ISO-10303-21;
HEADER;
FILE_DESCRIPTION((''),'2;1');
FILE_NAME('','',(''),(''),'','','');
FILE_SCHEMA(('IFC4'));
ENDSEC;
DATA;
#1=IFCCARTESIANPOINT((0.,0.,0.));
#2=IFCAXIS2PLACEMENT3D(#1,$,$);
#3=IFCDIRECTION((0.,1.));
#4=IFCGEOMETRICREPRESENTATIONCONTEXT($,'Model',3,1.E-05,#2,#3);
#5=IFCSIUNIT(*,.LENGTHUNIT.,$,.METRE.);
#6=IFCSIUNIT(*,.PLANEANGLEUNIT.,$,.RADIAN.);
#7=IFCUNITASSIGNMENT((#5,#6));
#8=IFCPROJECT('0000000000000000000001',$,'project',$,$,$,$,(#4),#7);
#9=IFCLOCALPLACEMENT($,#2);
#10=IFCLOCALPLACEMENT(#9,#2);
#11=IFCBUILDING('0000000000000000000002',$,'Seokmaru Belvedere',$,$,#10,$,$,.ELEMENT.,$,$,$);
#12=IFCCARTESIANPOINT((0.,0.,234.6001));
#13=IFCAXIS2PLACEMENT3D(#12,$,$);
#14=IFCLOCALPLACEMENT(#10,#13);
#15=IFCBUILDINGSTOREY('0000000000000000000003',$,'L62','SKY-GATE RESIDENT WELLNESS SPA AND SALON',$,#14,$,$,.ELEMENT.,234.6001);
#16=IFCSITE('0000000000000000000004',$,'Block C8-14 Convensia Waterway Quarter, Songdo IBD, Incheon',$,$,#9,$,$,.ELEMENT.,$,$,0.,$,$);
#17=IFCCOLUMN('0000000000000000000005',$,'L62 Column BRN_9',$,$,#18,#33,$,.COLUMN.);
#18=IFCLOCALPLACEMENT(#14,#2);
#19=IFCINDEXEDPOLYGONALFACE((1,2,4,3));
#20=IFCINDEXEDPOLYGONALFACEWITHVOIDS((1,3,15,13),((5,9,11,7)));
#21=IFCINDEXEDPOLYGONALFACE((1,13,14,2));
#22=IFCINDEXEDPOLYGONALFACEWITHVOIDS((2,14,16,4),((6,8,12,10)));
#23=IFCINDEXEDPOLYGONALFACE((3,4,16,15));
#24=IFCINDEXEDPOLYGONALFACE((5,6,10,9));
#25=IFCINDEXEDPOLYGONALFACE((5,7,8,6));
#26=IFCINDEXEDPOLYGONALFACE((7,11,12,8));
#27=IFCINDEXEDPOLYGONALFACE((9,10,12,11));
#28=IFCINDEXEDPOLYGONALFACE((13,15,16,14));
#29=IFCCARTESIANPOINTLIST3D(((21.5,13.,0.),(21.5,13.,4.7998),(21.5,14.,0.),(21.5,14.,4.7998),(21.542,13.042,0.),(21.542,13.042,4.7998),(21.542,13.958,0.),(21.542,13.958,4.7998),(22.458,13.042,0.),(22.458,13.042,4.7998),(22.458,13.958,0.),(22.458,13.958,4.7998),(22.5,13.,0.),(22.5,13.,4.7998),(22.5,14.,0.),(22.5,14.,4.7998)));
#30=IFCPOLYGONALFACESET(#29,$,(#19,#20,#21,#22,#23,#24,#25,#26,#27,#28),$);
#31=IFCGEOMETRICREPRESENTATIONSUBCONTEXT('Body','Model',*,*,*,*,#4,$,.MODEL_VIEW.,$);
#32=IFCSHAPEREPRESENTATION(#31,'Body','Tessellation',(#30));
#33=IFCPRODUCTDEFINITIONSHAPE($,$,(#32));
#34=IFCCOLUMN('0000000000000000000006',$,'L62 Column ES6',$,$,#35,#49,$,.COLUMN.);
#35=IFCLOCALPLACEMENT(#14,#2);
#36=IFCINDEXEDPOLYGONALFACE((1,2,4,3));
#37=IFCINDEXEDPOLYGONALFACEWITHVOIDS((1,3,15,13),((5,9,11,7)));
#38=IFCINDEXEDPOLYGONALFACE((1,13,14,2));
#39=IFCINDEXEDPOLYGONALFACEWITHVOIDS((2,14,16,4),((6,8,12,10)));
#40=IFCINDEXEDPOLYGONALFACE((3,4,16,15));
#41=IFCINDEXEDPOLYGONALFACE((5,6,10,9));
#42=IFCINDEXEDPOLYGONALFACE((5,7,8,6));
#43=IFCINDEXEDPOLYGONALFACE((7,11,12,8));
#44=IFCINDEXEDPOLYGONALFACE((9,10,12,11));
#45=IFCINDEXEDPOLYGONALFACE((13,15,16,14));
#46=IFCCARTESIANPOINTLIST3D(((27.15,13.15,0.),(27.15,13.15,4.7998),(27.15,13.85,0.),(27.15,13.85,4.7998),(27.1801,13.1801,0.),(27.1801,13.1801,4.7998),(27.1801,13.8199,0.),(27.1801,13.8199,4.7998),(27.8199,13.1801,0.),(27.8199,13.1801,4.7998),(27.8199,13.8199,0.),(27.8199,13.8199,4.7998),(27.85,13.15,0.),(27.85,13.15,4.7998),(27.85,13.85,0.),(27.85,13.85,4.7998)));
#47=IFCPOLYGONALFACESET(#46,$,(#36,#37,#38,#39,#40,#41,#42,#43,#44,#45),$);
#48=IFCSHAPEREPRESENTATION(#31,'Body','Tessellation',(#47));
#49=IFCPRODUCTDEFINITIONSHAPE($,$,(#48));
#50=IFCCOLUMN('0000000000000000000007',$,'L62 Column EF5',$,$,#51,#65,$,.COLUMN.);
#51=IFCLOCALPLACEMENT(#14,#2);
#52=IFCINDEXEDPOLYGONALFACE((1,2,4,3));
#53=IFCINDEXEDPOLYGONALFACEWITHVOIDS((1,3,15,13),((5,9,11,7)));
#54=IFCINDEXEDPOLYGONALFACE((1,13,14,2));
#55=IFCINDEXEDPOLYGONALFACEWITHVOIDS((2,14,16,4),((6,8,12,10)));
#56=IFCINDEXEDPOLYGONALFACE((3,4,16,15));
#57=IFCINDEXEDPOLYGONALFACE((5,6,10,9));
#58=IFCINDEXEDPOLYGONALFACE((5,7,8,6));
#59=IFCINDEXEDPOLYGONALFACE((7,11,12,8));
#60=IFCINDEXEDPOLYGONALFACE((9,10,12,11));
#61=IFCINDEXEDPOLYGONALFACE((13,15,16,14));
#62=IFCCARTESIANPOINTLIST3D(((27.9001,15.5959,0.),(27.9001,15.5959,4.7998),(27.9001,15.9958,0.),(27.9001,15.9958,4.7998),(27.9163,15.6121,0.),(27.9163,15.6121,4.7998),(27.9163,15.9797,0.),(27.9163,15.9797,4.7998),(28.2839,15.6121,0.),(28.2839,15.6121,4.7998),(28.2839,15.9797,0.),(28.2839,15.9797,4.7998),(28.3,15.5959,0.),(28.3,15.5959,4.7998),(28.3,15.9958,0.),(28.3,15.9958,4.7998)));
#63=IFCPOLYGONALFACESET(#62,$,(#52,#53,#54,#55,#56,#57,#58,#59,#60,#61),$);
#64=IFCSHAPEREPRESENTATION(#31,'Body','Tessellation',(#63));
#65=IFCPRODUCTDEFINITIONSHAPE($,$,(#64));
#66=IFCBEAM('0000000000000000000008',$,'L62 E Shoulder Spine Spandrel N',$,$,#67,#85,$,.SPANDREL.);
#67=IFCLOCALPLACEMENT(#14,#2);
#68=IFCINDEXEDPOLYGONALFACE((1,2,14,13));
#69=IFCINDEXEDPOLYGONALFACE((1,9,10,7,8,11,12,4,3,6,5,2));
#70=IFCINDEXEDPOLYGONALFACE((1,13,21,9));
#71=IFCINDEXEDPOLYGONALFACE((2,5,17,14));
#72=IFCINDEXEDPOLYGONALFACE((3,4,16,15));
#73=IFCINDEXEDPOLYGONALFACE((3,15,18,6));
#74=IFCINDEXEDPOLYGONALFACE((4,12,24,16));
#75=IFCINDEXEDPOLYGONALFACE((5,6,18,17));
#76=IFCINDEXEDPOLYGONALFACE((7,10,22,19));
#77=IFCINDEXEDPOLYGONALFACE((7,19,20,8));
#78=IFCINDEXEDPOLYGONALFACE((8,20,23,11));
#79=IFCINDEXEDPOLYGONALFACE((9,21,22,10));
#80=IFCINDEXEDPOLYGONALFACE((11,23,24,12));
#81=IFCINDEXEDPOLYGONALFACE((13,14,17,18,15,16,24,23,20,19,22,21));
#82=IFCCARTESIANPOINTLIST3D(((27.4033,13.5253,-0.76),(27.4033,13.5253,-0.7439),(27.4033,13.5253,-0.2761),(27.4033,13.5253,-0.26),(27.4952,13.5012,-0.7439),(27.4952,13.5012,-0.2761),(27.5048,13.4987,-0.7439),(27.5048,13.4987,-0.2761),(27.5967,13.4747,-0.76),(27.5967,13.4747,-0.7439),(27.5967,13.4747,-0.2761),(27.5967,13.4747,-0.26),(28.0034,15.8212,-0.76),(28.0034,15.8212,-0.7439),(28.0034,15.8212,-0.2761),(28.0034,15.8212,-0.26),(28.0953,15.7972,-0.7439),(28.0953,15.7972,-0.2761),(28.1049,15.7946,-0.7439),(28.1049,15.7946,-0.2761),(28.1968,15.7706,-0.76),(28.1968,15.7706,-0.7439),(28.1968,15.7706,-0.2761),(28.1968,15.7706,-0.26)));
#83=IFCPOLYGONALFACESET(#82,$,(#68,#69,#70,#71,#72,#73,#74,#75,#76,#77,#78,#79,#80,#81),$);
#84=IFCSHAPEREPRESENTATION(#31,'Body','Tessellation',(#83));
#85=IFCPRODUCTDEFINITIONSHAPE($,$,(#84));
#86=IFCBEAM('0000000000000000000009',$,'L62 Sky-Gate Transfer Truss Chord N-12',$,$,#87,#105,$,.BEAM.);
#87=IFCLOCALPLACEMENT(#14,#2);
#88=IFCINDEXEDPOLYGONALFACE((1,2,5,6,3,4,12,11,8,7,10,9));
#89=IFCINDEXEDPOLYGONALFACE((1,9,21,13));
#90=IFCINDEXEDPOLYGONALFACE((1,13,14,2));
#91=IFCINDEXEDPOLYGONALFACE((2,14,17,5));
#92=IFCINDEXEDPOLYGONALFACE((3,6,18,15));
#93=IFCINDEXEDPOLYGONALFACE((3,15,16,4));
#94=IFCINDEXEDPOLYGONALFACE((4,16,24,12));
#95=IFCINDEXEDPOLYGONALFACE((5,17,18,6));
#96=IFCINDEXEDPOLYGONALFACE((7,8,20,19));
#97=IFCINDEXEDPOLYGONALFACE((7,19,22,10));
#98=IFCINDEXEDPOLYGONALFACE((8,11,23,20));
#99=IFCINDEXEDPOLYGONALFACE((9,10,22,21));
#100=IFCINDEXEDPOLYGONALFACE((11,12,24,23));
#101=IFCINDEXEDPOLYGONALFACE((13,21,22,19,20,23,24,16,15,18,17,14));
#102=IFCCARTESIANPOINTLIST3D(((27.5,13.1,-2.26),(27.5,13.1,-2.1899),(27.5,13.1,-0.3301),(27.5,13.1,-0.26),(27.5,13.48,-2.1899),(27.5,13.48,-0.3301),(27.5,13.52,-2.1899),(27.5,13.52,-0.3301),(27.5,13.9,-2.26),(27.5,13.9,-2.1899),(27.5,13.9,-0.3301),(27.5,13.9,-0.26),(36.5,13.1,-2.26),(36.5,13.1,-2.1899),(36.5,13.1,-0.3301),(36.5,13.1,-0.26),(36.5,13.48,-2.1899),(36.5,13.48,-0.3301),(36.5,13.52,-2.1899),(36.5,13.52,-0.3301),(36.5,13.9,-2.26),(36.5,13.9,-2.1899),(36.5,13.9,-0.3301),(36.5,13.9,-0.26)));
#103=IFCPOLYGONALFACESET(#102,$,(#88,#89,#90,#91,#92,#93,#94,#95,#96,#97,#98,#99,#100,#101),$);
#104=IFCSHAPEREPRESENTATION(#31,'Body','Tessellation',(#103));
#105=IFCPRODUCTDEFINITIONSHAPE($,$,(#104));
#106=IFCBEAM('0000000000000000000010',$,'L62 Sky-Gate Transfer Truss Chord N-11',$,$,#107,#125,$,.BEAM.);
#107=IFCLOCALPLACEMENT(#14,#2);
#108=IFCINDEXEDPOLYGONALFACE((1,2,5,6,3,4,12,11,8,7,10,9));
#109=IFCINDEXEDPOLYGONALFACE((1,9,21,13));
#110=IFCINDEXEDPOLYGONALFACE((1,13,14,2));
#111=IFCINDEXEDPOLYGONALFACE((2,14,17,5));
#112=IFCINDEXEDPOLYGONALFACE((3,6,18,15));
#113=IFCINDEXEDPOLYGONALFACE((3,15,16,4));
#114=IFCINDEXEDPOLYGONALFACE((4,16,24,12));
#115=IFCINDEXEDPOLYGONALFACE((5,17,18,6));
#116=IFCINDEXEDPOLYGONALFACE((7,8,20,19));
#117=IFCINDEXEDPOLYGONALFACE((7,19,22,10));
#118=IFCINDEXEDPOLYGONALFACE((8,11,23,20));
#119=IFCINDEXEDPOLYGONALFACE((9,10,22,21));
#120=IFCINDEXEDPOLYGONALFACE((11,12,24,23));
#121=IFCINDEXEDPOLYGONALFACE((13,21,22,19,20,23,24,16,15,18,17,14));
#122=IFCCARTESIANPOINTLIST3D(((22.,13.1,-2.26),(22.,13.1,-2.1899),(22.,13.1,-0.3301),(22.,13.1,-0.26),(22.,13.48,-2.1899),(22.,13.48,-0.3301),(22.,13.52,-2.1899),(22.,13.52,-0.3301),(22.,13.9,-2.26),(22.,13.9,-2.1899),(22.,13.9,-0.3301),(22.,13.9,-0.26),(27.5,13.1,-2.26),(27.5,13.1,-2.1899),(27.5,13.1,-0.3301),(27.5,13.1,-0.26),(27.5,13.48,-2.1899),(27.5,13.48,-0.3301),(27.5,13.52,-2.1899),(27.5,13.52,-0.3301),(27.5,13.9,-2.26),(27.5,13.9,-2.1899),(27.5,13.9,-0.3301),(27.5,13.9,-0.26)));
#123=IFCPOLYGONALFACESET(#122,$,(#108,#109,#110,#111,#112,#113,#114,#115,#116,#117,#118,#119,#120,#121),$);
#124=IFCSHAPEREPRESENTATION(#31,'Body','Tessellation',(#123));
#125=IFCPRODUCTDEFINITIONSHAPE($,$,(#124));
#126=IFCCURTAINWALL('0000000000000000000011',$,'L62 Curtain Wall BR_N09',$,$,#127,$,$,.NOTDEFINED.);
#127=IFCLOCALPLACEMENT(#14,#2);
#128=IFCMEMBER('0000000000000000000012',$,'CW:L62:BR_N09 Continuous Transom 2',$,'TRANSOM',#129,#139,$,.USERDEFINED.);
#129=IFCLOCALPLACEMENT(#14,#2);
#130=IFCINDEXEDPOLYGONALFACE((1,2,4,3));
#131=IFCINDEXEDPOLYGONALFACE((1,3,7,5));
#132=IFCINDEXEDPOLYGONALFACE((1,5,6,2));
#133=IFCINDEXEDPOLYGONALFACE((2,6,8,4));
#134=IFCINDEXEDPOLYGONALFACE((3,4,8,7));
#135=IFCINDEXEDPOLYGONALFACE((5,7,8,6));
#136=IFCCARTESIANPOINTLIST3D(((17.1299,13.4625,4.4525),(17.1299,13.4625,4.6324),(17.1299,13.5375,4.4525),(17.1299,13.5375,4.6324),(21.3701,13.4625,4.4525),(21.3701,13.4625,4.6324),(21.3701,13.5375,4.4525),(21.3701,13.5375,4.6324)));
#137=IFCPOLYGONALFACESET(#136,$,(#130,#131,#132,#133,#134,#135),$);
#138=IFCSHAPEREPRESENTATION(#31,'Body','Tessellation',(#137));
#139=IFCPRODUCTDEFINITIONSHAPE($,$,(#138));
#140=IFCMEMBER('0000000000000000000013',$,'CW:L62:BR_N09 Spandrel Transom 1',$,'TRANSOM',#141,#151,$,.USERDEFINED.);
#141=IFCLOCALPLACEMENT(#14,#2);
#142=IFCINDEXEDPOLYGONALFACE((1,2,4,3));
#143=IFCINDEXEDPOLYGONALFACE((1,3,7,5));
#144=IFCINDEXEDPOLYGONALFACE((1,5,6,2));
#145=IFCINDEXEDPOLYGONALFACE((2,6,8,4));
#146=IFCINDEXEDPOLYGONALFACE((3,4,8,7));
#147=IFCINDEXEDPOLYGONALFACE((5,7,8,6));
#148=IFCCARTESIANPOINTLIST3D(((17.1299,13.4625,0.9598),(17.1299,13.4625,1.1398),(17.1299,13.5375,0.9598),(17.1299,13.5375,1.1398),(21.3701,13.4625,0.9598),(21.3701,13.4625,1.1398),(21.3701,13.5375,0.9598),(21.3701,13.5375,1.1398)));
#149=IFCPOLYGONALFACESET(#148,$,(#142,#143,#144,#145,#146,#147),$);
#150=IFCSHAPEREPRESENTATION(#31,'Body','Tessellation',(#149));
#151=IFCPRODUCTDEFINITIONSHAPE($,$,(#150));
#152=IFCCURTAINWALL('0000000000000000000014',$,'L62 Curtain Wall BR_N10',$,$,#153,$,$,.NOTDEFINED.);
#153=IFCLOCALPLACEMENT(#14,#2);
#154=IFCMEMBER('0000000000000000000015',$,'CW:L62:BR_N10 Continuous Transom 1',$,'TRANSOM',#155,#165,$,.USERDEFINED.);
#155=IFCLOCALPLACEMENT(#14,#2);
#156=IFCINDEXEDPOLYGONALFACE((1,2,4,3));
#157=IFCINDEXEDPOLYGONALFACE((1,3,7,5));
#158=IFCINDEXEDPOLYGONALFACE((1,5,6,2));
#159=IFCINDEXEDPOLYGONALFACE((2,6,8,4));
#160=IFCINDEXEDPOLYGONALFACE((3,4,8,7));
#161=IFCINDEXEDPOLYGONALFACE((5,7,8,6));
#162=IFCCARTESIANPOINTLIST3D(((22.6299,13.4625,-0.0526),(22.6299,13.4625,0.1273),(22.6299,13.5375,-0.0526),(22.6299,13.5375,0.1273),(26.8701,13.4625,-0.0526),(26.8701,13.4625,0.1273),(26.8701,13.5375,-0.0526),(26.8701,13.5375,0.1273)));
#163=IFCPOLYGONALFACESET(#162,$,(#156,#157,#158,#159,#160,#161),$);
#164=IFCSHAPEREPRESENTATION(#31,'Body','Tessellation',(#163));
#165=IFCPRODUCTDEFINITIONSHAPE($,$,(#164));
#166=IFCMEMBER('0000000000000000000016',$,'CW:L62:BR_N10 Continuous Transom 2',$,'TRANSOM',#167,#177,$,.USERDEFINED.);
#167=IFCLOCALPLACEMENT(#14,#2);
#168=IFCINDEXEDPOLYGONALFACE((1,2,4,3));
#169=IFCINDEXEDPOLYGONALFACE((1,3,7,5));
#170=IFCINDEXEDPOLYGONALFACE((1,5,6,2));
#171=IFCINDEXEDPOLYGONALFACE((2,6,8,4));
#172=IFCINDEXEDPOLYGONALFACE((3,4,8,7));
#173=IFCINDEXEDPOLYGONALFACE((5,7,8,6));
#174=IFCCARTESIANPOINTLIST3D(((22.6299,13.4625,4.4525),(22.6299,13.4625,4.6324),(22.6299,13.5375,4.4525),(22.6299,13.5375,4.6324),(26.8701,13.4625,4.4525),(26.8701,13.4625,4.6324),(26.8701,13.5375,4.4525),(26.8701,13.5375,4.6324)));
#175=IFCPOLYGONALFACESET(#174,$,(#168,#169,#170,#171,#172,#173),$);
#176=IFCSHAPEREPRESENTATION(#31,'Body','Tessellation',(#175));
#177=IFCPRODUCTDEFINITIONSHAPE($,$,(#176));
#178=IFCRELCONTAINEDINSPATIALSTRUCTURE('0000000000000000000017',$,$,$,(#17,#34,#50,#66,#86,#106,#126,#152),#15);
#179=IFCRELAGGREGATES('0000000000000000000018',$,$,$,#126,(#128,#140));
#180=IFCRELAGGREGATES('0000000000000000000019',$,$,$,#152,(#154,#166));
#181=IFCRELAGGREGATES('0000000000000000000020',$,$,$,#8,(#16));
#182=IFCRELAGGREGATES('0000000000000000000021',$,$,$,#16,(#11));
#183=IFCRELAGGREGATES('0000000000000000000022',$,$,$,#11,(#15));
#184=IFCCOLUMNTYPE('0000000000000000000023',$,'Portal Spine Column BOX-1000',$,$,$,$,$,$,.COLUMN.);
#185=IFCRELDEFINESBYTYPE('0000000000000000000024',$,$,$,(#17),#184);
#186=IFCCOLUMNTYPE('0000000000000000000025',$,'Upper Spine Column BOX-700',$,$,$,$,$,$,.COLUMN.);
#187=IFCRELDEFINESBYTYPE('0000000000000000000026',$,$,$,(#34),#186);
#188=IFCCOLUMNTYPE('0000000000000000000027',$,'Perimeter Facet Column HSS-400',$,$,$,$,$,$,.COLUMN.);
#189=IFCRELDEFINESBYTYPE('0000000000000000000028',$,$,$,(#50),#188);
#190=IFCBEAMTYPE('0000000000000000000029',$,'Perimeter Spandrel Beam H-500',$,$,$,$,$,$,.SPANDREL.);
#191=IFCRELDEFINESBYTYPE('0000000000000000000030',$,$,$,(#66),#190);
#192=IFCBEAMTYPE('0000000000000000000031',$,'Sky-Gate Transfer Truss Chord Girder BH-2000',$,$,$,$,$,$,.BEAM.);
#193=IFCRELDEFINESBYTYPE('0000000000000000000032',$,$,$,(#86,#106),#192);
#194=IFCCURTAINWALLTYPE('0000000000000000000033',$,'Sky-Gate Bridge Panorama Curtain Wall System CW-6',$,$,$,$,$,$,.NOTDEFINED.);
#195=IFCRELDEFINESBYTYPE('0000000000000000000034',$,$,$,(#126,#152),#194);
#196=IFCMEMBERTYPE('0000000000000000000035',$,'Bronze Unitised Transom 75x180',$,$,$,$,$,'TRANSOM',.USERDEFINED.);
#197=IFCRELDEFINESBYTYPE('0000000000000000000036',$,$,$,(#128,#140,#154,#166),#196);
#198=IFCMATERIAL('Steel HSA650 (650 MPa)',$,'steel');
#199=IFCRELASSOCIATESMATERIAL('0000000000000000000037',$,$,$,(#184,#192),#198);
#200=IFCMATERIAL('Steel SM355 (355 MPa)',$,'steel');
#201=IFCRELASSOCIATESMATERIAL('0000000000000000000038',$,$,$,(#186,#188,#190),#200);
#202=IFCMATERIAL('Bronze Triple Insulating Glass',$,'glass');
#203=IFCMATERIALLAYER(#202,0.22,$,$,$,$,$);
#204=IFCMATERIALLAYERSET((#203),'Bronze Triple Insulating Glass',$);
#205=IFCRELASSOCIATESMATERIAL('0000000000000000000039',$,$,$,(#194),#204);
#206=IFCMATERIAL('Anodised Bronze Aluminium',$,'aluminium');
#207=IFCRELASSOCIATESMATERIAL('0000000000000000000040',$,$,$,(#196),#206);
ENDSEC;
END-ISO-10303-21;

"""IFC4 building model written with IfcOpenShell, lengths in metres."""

from ifc_helpers import new_model, si_unit, direction, frame, origin, origin_2d, place, context, subcontext, project, spatial, rectangle, hollow_rectangle, i_section, extrude, source, transform, mapped, material, layer, layer_set, material_profile, profile_set, type_object, type_shapes, element, aggregate, save


model = new_model("IFC4")

# Units and contexts
model_context = context("Model", 3, precision=1e-05, world=origin(), true_north=direction((0.0, 1.0)))
body_context = subcontext(model_context, "Body", "Model", "MODEL_VIEW")
ifc_project = project(units=[si_unit("LENGTHUNIT", "METRE"), si_unit("PLANEANGLEUNIT", "RADIAN")], contexts=[model_context])

# Site, building, storey
site_placement = place(None, origin())
site = spatial("IfcSite", under=ifc_project, at=site_placement, Name="Block C8-14 Convensia Waterway Quarter, Songdo IBD, Incheon", CompositionType="ELEMENT", RefElevation=0.0)
building_placement = place(site_placement, origin())
building = spatial("IfcBuilding", under=site, at=building_placement, Name="Seokmaru Belvedere", CompositionType="ELEMENT")
storey_placement = place(building_placement, frame((0.0, 0.0, 234.6001)))
storey = spatial("IfcBuildingStorey", under=building, at=storey_placement, Name="L62", Description="SKY-GATE RESIDENT WELLNESS SPA AND SALON", CompositionType="ELEMENT", Elevation=234.6001)

# Columns
ifc_material_1 = material(Name="Steel HSA650 (650 MPa)", Category="steel")
ifc_material_profile_1 = material_profile(ifc_material_1, hollow_rectangle(XDim=1.0, YDim=1.0, WallThickness=0.042, at=origin_2d()), Name="BOX-1000x1000x42")
ifc_profile_set_1 = profile_set([ifc_material_profile_1], Name="Steel HSA650 (650 MPa)")
column_type_1 = type_object("IfcColumnType", Name="Portal Spine Column BOX-1000", PredefinedType="COLUMN", material=ifc_profile_set_1)
shared_shape_1 = source(origin(), body_context, "Body", "SweptSolid", [
    extrude(hollow_rectangle(XDim=1.0, YDim=1.0, WallThickness=0.042, at=origin_2d()), origin(), (0.0, 0.0, 1.0), 4.7998),
])
type_shapes(column_type_1, [shared_shape_1])
column_1_placement = place(storey_placement, frame((22.0, 13.5, 0.0), z_axis=(0.0, 0.0, 1.0), x_axis=(1.0, 0.0, 0.0)))
element("IfcColumn", 1, at=column_1_placement, inside=storey, type_object=column_type_1, Name="L62 Column BRN_9", PredefinedType="COLUMN", context=body_context, shape_type="MappedRepresentation", body=[
    mapped(shared_shape_1, transform((0.0, 0.0, 0.0), scale=1.0)),
])
ifc_material_2 = material(Name="Steel SM355 (355 MPa)", Category="steel")
ifc_material_profile_2 = material_profile(ifc_material_2, hollow_rectangle(XDim=0.7, YDim=0.7, WallThickness=0.03, at=origin_2d()), Name="BOX-700x700x30")
ifc_profile_set_2 = profile_set([ifc_material_profile_2], Name="Steel SM355 (355 MPa)")
column_type_2 = type_object("IfcColumnType", Name="Upper Spine Column BOX-700", PredefinedType="COLUMN", material=ifc_profile_set_2)
shared_shape_2 = source(origin(), body_context, "Body", "SweptSolid", [
    extrude(hollow_rectangle(XDim=0.7, YDim=0.7, WallThickness=0.03, at=origin_2d()), origin(), (0.0, 0.0, 1.0), 4.7998),
])
type_shapes(column_type_2, [shared_shape_2])
column_2_placement = place(storey_placement, frame((27.5, 13.5, 0.0), z_axis=(0.0, 0.0, 1.0), x_axis=(1.0, 0.0, 0.0)))
element("IfcColumn", 2, at=column_2_placement, inside=storey, type_object=column_type_2, Name="L62 Column ES6", PredefinedType="COLUMN", context=body_context, shape_type="MappedRepresentation", body=[
    mapped(shared_shape_2, transform((0.0, 0.0, 0.0), scale=1.0)),
])
ifc_material_profile_3 = material_profile(ifc_material_2, hollow_rectangle(XDim=0.3999, YDim=0.3999, WallThickness=0.0161, at=origin_2d()), Name="HSS-400x400x16")
ifc_profile_set_3 = profile_set([ifc_material_profile_3], Name="Steel SM355 (355 MPa)")
column_type_3 = type_object("IfcColumnType", Name="Perimeter Facet Column HSS-400", PredefinedType="COLUMN", material=ifc_profile_set_3)
shared_shape_3 = source(origin(), body_context, "Body", "SweptSolid", [
    extrude(hollow_rectangle(XDim=0.3999, YDim=0.3999, WallThickness=0.0161, at=origin_2d()), origin(), (0.0, 0.0, 1.0), 4.7998),
])
type_shapes(column_type_3, [shared_shape_3])
column_3_placement = place(storey_placement, frame((28.1001, 15.7959, 0.0), z_axis=(0.0, 0.0, 1.0), x_axis=(1.0, 0.0, 0.0)))
element("IfcColumn", 3, at=column_3_placement, inside=storey, type_object=column_type_3, Name="L62 Column EF5", PredefinedType="COLUMN", context=body_context, shape_type="MappedRepresentation", body=[
    mapped(shared_shape_3, transform((0.0, 0.0, 0.0), scale=1.0)),
])

# Beams
ifc_material_profile_4 = material_profile(ifc_material_2, i_section(OverallWidth=0.2, OverallDepth=0.5, WebThickness=0.01, FlangeThickness=0.0161, at=origin_2d()), Name="H-500x200x10x16")
ifc_profile_set_4 = profile_set([ifc_material_profile_4], Name="Steel SM355 (355 MPa)")
beam_type_1 = type_object("IfcBeamType", Name="Perimeter Spandrel Beam H-500", PredefinedType="SPANDREL", material=ifc_profile_set_4)
shared_shape_4 = source(origin(), body_context, "Body", "SweptSolid", [
    extrude(i_section(OverallWidth=0.2, OverallDepth=0.5, WebThickness=0.01, FlangeThickness=0.0161, at=origin_2d()), origin(), (0.0, 0.0, 1.0), 2.373),
])
type_shapes(beam_type_1, [shared_shape_4])
beam_1_placement = place(storey_placement, frame((28.1001, 15.7959, -0.51), z_axis=(-0.252883, -0.967497, 0.0), x_axis=(0.967497, -0.252883, 0.0)))
element("IfcBeam", 4, at=beam_1_placement, inside=storey, type_object=beam_type_1, Name="L62 E Shoulder Spine Spandrel N", PredefinedType="SPANDREL", context=body_context, shape_type="MappedRepresentation", body=[
    mapped(shared_shape_4, transform((0.0, 0.0, 0.0), scale=1.0)),
])
ifc_material_profile_5 = material_profile(ifc_material_1, i_section(OverallWidth=0.8, OverallDepth=2.0, WebThickness=0.04, FlangeThickness=0.0701, at=origin_2d()), Name="BH-2000x800x40x70")
ifc_profile_set_5 = profile_set([ifc_material_profile_5], Name="Steel HSA650 (650 MPa)")
beam_type_2 = type_object("IfcBeamType", Name="Sky-Gate Transfer Truss Chord Girder BH-2000", PredefinedType="BEAM", material=ifc_profile_set_5)
shared_shape_5 = source(origin(), body_context, "Body", "SweptSolid", [
    extrude(i_section(OverallWidth=0.8, OverallDepth=2.0, WebThickness=0.04, FlangeThickness=0.0701, at=origin_2d()), origin(), (0.0, 0.0, 1.0), 9.0),
])
beam_2_placement = place(storey_placement, frame((27.5, 13.5, -1.26), z_axis=(1.0, 0.0, 0.0), x_axis=(0.0, 1.0, 0.0)))
element("IfcBeam", 5, at=beam_2_placement, inside=storey, type_object=beam_type_2, Name="L62 Sky-Gate Transfer Truss Chord N-12", PredefinedType="BEAM", context=body_context, shape_type="MappedRepresentation", body=[
    mapped(shared_shape_5, transform((0.0, 0.0, 0.0), scale=1.0)),
])
shared_shape_6 = source(origin(), body_context, "Body", "SweptSolid", [
    extrude(i_section(OverallWidth=0.8, OverallDepth=2.0, WebThickness=0.04, FlangeThickness=0.0701, at=origin_2d()), origin(), (0.0, 0.0, 1.0), 5.5),
])
type_shapes(beam_type_2, [shared_shape_5, shared_shape_6])
beam_3_placement = place(storey_placement, frame((22.0, 13.5, -1.26), z_axis=(1.0, 0.0, 0.0), x_axis=(0.0, 1.0, 0.0)))
element("IfcBeam", 6, at=beam_3_placement, inside=storey, type_object=beam_type_2, Name="L62 Sky-Gate Transfer Truss Chord N-11", PredefinedType="BEAM", context=body_context, shape_type="MappedRepresentation", body=[
    mapped(shared_shape_6, transform((0.0, 0.0, 0.0), scale=1.0)),
])

# Curtain walls, members
ifc_material_3 = material(Name="Bronze Triple Insulating Glass", Category="glass")
ifc_layer_1 = layer(ifc_material_3, 0.22)
ifc_layer_set_1 = layer_set([ifc_layer_1], Name="Bronze Triple Insulating Glass")
curtain_wall_type = type_object("IfcCurtainWallType", Name="Sky-Gate Bridge Panorama Curtain Wall System CW-6", PredefinedType="NOTDEFINED", material=ifc_layer_set_1)
curtain_wall_1_placement = place(storey_placement, origin())
curtain_wall_1 = element("IfcCurtainWall", 7, at=curtain_wall_1_placement, inside=storey, type_object=curtain_wall_type, Name="L62 Curtain Wall BR_N09", PredefinedType="NOTDEFINED")
ifc_material_4 = material(Name="Anodised Bronze Aluminium", Category="aluminium")
ifc_material_profile_6 = material_profile(ifc_material_4, rectangle(XDim=0.075, YDim=0.1799, at=origin_2d()), Name="CW-T-75x180")
ifc_profile_set_6 = profile_set([ifc_material_profile_6], Name="Anodised Bronze Aluminium")
member_type_1 = type_object("IfcMemberType", Name="Bronze Unitised Transom 75x180", ElementType="TRANSOM", PredefinedType="USERDEFINED", material=ifc_profile_set_6)
shared_shape_7 = source(origin(), body_context, "Body", "SweptSolid", [
    extrude(rectangle(XDim=0.075, YDim=0.1799, at=origin_2d()), origin(), (0.0, 0.0, 1.0), 4.2402),
])
type_shapes(member_type_1, [shared_shape_7])
member_1_placement = place(storey_placement, frame((21.3701, 13.5, 4.5425), z_axis=(-1.0, 0.0, 0.0), x_axis=(0.0, -1.0, 0.0)))
member_1 = element("IfcMember", 8, at=member_1_placement, type_object=member_type_1, Name="CW:L62:BR_N09 Continuous Transom 2", ObjectType="TRANSOM", PredefinedType="USERDEFINED", context=body_context, shape_type="MappedRepresentation", body=[
    mapped(shared_shape_7, transform((0.0, 0.0, 0.0), scale=1.0)),
])
member_2_placement = place(storey_placement, frame((21.3701, 13.5, 1.0498), z_axis=(-1.0, 0.0, 0.0), x_axis=(0.0, -1.0, 0.0)))
member_2 = element("IfcMember", 9, at=member_2_placement, type_object=member_type_1, Name="CW:L62:BR_N09 Spandrel Transom 1", ObjectType="TRANSOM", PredefinedType="USERDEFINED", context=body_context, shape_type="MappedRepresentation", body=[
    mapped(shared_shape_7, transform((0.0, 0.0, 0.0), scale=1.0)),
])
curtain_wall_2_placement = place(storey_placement, origin())
curtain_wall_2 = element("IfcCurtainWall", 10, at=curtain_wall_2_placement, inside=storey, type_object=curtain_wall_type, Name="L62 Curtain Wall BR_N10", PredefinedType="NOTDEFINED")
member_3_placement = place(storey_placement, frame((26.8701, 13.5, 0.0374), z_axis=(-1.0, 0.0, 0.0), x_axis=(0.0, -1.0, 0.0)))
member_3 = element("IfcMember", 11, at=member_3_placement, type_object=member_type_1, Name="CW:L62:BR_N10 Continuous Transom 1", ObjectType="TRANSOM", PredefinedType="USERDEFINED", context=body_context, shape_type="MappedRepresentation", body=[
    mapped(shared_shape_7, transform((0.0, 0.0, 0.0), scale=1.0)),
])
member_4_placement = place(storey_placement, frame((26.8701, 13.5, 4.5425), z_axis=(-1.0, 0.0, 0.0), x_axis=(0.0, -1.0, 0.0)))
member_4 = element("IfcMember", 12, at=member_4_placement, type_object=member_type_1, Name="CW:L62:BR_N10 Continuous Transom 2", ObjectType="TRANSOM", PredefinedType="USERDEFINED", context=body_context, shape_type="MappedRepresentation", body=[
    mapped(shared_shape_7, transform((0.0, 0.0, 0.0), scale=1.0)),
])

aggregate(curtain_wall_1, [member_1, member_2])

aggregate(curtain_wall_2, [member_3, member_4])

save(model, "model.ifc")
